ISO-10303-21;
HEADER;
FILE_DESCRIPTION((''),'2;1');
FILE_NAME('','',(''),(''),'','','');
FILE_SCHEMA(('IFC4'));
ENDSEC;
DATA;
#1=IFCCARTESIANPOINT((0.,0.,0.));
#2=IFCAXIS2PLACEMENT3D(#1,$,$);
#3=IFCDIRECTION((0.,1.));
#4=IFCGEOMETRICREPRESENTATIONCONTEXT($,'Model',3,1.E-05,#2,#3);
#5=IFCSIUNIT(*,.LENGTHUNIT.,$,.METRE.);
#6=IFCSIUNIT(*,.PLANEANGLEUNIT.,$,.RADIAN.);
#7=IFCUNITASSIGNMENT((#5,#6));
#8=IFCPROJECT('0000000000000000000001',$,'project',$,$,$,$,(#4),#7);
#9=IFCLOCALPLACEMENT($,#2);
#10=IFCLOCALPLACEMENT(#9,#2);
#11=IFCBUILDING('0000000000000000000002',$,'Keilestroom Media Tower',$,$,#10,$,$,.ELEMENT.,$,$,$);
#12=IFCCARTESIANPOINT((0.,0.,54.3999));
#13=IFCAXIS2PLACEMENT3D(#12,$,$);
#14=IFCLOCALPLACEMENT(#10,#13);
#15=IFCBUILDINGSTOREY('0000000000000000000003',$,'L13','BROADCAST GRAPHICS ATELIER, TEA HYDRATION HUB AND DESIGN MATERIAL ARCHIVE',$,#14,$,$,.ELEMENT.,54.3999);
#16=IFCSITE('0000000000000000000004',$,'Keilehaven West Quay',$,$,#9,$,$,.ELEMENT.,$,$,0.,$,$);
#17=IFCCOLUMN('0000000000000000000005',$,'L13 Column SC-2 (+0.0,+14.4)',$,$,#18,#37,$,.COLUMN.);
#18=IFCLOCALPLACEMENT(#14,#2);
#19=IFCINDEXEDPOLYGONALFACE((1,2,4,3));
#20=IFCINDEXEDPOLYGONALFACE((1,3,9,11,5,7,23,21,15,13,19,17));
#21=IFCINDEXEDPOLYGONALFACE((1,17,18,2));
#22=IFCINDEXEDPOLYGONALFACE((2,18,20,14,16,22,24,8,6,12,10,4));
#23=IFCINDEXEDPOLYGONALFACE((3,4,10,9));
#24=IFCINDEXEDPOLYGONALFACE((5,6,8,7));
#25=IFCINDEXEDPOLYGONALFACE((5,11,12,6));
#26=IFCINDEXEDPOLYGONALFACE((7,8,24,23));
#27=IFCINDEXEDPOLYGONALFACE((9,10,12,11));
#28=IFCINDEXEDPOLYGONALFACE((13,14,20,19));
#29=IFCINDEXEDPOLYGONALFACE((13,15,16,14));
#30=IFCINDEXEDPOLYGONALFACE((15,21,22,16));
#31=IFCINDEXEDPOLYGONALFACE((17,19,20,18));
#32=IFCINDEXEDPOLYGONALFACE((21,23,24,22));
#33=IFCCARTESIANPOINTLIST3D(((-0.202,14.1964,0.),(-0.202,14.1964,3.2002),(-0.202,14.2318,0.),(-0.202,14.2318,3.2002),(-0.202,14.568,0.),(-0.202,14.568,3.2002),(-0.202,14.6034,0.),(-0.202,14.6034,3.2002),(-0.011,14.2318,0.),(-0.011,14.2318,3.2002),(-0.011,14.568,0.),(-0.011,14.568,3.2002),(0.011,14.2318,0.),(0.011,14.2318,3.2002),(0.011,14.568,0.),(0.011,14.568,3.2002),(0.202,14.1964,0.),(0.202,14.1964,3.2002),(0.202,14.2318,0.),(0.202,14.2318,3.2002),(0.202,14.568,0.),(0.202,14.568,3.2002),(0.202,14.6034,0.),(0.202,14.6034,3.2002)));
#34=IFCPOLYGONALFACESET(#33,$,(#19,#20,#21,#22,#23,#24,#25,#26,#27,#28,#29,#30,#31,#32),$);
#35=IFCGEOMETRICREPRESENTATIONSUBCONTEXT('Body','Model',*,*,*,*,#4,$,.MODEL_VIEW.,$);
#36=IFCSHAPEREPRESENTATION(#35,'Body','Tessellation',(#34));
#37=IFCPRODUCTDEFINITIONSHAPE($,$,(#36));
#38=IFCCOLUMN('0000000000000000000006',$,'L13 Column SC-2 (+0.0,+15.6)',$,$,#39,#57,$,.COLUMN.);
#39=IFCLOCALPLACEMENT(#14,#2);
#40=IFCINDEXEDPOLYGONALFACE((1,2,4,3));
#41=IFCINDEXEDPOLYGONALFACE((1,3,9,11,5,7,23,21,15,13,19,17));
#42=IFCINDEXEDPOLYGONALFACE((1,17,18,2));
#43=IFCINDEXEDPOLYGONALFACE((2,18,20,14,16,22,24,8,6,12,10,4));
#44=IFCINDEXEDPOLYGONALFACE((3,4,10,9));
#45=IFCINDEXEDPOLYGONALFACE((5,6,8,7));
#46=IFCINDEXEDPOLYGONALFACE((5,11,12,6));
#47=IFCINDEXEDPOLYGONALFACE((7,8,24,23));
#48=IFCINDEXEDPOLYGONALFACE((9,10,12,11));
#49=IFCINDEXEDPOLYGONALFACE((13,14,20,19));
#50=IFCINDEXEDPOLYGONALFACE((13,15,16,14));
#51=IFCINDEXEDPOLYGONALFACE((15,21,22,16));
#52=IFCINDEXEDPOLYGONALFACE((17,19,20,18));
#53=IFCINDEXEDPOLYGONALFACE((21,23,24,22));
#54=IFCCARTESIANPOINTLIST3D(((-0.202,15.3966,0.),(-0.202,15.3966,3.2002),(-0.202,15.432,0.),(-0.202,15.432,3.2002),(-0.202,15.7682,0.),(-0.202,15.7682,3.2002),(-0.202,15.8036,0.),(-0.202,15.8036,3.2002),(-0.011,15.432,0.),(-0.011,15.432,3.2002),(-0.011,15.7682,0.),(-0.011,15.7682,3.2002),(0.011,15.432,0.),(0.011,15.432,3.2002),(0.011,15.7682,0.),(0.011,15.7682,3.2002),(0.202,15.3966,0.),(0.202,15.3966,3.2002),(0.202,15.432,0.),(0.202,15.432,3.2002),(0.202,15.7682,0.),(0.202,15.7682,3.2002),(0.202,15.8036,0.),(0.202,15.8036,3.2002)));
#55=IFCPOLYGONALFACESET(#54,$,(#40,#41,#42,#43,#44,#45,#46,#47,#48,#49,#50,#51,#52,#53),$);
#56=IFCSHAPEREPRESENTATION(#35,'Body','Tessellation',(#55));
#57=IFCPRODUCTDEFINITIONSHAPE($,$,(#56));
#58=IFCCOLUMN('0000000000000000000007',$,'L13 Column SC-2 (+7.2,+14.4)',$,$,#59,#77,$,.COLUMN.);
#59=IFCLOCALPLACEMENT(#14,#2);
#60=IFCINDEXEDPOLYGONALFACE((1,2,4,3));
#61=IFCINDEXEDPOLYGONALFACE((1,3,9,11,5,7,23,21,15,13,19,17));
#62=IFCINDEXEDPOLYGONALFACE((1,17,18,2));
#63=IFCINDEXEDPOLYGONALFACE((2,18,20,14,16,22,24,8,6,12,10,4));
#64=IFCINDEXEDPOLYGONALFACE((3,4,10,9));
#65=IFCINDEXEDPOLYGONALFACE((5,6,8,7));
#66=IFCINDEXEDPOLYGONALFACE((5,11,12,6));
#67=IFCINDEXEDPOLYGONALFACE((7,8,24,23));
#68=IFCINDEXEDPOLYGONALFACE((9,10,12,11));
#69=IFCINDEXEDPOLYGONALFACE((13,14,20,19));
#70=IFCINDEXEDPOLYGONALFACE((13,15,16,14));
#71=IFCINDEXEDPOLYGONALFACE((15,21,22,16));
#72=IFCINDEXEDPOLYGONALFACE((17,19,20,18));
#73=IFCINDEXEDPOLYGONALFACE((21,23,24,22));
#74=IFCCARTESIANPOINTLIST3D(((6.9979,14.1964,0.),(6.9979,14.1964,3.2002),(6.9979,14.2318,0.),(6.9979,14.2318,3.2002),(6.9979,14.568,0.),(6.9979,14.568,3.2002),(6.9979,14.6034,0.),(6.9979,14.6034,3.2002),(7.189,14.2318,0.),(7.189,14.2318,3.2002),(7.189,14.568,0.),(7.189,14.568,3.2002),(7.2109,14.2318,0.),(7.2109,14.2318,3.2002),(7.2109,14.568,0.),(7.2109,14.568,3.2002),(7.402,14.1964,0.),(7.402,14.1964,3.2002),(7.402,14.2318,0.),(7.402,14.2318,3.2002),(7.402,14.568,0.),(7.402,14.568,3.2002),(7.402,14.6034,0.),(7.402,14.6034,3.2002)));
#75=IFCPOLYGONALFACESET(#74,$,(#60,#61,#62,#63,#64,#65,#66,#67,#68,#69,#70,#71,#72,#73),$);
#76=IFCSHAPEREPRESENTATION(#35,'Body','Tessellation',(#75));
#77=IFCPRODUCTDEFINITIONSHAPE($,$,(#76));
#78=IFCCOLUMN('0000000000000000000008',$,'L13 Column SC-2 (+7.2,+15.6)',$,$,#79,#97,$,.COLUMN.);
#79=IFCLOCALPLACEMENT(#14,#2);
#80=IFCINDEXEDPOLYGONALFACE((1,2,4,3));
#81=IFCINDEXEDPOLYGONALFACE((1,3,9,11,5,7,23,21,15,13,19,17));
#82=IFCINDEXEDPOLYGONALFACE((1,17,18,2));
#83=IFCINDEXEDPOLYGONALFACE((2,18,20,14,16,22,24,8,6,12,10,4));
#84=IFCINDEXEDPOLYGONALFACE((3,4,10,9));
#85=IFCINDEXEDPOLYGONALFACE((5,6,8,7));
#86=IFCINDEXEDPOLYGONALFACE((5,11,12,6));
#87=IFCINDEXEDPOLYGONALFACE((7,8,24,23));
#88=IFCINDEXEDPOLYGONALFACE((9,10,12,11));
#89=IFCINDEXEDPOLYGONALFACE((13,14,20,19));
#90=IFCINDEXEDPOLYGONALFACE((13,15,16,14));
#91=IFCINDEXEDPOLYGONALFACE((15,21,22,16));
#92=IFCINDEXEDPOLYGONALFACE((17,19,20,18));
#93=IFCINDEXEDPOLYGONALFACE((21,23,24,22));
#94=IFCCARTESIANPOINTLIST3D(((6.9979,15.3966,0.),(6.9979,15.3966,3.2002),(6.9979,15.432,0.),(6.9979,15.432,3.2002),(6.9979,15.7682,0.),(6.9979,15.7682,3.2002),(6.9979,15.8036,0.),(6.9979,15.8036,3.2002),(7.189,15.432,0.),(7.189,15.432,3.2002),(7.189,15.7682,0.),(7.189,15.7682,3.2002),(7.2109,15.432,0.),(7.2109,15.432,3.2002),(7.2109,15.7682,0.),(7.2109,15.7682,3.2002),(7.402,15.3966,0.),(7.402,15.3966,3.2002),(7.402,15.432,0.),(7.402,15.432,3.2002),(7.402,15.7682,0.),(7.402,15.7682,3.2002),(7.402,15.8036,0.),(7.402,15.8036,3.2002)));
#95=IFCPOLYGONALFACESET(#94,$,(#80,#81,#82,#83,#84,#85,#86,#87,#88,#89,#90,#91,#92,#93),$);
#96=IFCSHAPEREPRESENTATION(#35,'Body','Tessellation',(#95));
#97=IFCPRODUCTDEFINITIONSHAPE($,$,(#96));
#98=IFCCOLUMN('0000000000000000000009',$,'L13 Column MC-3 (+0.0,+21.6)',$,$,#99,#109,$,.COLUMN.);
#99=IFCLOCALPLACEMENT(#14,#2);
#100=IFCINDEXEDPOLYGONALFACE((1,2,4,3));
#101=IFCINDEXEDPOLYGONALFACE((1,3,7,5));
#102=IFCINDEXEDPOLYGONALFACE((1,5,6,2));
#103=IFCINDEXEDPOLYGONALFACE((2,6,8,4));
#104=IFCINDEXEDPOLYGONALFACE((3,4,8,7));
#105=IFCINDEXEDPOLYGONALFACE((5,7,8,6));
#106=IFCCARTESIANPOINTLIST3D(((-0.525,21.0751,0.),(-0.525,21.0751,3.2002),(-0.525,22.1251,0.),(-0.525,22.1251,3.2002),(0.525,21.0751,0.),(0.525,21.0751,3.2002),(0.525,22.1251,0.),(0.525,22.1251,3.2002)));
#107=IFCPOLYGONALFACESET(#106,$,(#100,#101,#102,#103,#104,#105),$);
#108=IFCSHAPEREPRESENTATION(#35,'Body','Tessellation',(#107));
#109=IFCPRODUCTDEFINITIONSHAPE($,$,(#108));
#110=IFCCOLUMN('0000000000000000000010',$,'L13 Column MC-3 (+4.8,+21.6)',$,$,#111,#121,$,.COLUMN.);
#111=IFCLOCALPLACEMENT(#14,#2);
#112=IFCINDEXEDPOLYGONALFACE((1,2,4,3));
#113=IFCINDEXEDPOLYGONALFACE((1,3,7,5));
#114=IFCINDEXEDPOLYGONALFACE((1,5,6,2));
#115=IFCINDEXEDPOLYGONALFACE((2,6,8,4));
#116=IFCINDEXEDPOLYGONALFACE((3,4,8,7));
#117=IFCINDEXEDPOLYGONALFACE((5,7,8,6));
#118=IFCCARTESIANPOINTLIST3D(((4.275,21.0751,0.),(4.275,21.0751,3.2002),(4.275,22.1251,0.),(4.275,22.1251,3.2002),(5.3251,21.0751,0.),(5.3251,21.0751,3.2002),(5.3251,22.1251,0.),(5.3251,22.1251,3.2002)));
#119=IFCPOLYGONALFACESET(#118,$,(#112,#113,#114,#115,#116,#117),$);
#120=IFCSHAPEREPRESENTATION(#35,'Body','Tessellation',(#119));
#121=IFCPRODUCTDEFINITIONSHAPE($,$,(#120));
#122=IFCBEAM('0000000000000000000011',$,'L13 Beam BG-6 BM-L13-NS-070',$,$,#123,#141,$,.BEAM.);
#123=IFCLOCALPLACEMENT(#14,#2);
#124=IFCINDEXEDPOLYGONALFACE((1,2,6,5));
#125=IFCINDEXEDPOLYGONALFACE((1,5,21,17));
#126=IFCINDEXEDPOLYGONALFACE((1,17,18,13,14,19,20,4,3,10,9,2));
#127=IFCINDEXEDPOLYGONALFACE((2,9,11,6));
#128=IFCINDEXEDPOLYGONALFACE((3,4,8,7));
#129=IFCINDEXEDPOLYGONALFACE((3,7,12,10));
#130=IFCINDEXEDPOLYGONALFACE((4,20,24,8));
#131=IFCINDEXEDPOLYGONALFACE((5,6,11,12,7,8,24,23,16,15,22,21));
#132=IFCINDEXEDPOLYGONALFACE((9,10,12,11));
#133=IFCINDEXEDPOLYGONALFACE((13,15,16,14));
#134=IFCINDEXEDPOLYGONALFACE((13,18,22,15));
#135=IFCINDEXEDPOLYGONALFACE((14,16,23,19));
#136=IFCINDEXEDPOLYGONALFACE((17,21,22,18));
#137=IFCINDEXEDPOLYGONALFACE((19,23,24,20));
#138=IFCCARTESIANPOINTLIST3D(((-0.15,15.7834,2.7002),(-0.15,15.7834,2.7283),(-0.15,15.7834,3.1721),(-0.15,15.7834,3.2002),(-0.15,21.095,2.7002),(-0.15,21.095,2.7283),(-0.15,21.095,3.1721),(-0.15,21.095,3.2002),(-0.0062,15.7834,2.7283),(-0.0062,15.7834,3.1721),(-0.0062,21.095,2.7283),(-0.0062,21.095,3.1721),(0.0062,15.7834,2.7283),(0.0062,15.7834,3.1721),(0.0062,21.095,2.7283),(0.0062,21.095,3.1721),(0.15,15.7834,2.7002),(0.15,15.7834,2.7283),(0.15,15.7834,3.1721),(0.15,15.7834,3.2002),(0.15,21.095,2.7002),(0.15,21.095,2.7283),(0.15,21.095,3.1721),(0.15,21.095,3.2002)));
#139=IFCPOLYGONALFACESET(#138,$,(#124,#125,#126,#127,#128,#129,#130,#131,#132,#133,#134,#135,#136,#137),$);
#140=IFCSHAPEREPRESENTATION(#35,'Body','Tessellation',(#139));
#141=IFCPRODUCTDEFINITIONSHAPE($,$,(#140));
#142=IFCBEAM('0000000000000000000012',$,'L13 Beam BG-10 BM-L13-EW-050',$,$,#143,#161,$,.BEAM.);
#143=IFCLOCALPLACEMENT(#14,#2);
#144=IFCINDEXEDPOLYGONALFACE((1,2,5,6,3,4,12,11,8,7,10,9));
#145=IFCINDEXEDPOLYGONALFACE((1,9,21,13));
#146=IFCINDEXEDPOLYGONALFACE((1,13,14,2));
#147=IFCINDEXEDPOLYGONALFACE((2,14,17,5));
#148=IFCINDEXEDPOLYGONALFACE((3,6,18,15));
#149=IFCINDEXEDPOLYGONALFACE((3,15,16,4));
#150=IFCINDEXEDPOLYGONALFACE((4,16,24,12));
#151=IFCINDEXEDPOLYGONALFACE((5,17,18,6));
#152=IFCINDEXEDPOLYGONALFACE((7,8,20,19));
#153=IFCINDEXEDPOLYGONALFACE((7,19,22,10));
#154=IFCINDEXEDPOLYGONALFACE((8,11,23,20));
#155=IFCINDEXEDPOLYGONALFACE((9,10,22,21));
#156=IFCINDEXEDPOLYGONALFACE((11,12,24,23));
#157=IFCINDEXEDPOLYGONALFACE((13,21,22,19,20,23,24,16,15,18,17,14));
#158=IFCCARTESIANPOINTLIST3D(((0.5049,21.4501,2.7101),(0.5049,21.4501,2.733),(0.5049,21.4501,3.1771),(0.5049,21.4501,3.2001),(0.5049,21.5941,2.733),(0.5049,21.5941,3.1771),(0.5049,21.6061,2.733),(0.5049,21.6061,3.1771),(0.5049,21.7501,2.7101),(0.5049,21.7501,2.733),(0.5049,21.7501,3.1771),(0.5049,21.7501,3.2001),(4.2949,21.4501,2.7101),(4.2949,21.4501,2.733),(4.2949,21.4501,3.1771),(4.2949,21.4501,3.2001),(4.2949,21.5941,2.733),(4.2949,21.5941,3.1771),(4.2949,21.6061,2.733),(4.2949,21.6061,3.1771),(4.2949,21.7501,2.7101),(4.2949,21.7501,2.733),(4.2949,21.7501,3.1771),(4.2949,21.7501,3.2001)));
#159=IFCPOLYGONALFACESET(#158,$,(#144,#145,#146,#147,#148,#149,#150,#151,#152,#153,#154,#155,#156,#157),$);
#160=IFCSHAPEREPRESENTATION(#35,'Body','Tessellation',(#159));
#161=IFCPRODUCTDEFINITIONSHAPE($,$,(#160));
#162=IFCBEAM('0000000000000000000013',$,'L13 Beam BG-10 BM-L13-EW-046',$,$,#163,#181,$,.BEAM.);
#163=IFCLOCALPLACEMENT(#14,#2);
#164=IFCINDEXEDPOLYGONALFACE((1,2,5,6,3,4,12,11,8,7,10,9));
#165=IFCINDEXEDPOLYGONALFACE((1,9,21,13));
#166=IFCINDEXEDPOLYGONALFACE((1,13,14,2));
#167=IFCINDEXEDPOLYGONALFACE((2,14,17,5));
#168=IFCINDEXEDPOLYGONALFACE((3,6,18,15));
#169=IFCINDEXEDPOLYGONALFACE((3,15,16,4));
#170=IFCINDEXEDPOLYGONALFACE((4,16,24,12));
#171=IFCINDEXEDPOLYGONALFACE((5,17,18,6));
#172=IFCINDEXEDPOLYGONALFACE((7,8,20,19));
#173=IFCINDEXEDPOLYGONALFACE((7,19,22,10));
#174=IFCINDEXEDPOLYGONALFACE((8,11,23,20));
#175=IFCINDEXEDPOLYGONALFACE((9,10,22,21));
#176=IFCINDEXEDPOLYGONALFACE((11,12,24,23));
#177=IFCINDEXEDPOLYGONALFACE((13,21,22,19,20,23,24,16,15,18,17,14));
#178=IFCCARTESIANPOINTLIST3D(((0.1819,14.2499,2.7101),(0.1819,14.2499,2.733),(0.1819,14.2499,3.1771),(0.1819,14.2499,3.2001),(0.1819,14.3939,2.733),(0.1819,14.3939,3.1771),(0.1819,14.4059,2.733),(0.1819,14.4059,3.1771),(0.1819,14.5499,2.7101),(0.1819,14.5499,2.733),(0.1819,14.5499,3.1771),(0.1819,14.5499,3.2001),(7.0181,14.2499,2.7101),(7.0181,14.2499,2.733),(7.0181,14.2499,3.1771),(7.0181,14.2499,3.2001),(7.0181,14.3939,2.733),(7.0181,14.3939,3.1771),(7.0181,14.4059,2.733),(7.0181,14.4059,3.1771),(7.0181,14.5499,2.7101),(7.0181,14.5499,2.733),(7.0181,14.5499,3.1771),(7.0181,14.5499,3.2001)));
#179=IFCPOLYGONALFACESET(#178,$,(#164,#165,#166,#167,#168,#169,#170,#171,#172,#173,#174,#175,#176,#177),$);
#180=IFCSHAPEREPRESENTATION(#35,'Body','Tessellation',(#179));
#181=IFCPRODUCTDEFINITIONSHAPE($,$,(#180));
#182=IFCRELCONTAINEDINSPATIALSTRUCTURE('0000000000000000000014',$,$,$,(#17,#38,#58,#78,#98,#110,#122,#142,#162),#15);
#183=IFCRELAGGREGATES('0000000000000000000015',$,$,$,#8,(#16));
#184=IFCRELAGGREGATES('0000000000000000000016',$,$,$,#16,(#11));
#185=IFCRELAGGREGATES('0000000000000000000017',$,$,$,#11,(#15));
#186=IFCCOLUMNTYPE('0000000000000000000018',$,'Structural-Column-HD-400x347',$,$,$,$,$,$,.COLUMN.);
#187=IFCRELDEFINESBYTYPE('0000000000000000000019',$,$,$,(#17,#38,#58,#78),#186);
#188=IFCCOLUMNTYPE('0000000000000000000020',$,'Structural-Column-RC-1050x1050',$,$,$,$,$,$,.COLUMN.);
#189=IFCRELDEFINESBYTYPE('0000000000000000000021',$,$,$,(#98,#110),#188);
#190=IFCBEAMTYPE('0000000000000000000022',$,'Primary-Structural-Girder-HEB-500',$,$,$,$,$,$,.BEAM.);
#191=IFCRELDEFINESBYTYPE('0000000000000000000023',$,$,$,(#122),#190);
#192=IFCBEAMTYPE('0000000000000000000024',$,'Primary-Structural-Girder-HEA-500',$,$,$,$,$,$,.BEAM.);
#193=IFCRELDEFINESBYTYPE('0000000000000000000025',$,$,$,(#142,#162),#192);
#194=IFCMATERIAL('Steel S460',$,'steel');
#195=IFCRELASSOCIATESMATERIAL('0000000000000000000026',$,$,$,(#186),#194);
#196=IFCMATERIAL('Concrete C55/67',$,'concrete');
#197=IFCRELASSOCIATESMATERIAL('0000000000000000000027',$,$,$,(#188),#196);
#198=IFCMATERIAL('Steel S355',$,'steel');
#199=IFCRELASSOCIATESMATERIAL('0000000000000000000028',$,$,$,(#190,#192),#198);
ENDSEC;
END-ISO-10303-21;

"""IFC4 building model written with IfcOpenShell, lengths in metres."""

from ifc_helpers import new_model, si_unit, direction, frame, origin, origin_2d, place, context, subcontext, project, spatial, rectangle, i_section, extrude, source, transform, mapped, material, material_profile, profile_set, type_object, element, save


model = new_model("IFC4")

# Units and contexts
model_context = context("Model", 3, precision=1e-05, world=origin(), true_north=direction((0.0, 1.0)))
body_context = subcontext(model_context, "Body", "Model", "MODEL_VIEW")
ifc_project = project(units=[si_unit("LENGTHUNIT", "METRE"), si_unit("PLANEANGLEUNIT", "RADIAN")], contexts=[model_context])

# Site, building, storey
site_placement = place(None, origin())
site = spatial("IfcSite", under=ifc_project, at=site_placement, Name="Keilehaven West Quay", CompositionType="ELEMENT", RefElevation=0.0)
building_placement = place(site_placement, origin())
building = spatial("IfcBuilding", under=site, at=building_placement, Name="Keilestroom Media Tower", CompositionType="ELEMENT")
storey_placement = place(building_placement, frame((0.0, 0.0, 54.3999)))
storey = spatial("IfcBuildingStorey", under=building, at=storey_placement, Name="L13", Description="BROADCAST GRAPHICS ATELIER, TEA HYDRATION HUB AND DESIGN MATERIAL ARCHIVE", CompositionType="ELEMENT", Elevation=54.3999)

# Columns
ifc_material_1 = material(Name="Steel S460", Category="steel")
ifc_material_profile_1 = material_profile(ifc_material_1, i_section(OverallWidth=0.4041, OverallDepth=0.407, WebThickness=0.022, FlangeThickness=0.0354, at=origin_2d()), Name="HD 400x347")
ifc_profile_set_1 = profile_set([ifc_material_profile_1], Name="Steel S460")
column_type_1 = type_object("IfcColumnType", Name="Structural-Column-HD-400x347", PredefinedType="COLUMN", material=ifc_profile_set_1)
shared_shape_1 = source(origin(), body_context, "Body", "SweptSolid", [
    extrude(i_section(OverallWidth=0.4041, OverallDepth=0.407, WebThickness=0.022, FlangeThickness=0.0354, at=origin_2d()), origin(), (0.0, 0.0, 1.0), 3.2002),
])
for number, where, z_axis, x_axis, name in (
    (1, (0.0, 14.3999, 0.0), (0.0, 0.0, 1.0), (1.0, 0.0, 0.0), "L13 Column SC-2 (+0.0,+14.4)"),
    (2, (0.0, 15.6001, 0.0), (0.0, 0.0, 1.0), (1.0, 0.0, 0.0), "L13 Column SC-2 (+0.0,+15.6)"),
    (3, (7.2, 14.3999, 0.0), (0.0, 0.0, 1.0), (1.0, 0.0, 0.0), "L13 Column SC-2 (+7.2,+14.4)"),
    (4, (7.2, 15.6001, 0.0), (0.0, 0.0, 1.0), (1.0, 0.0, 0.0), "L13 Column SC-2 (+7.2,+15.6)"),
):
    element("IfcColumn", number, at=place(storey_placement, frame(where, z_axis=z_axis, x_axis=x_axis)), inside=storey, type_object=column_type_1, Name=name, PredefinedType="COLUMN", context=body_context, shape_type="MappedRepresentation", body=[
        mapped(shared_shape_1, transform((0.0, 0.0, 0.0), x_axis=(1.0, 0.0, 0.0), y_axis=(0.0, 1.0, 0.0), z_axis=(0.0, 0.0, 1.0), scale=1.0)),
    ])
ifc_material_2 = material(Name="Concrete C55/67", Category="concrete")
ifc_material_profile_2 = material_profile(ifc_material_2, rectangle(XDim=1.05, YDim=1.05, at=origin_2d()), Name="RC 1050x1050")
ifc_profile_set_2 = profile_set([ifc_material_profile_2], Name="Concrete C55/67")
column_type_2 = type_object("IfcColumnType", Name="Structural-Column-RC-1050x1050", PredefinedType="COLUMN", material=ifc_profile_set_2)
shared_shape_2 = source(origin(), body_context, "Body", "SweptSolid", [
    extrude(rectangle(XDim=1.05, YDim=1.05, at=origin_2d()), origin(), (0.0, 0.0, 1.0), 3.2002),
])
for number, where, z_axis, x_axis, name in (
    (5, (0.0, 21.6001, 0.0), (0.0, 0.0, 1.0), (1.0, 0.0, 0.0), "L13 Column MC-3 (+0.0,+21.6)"),
    (6, (4.8, 21.6001, 0.0), (0.0, 0.0, 1.0), (1.0, 0.0, 0.0), "L13 Column MC-3 (+4.8,+21.6)"),
):
    element("IfcColumn", number, at=place(storey_placement, frame(where, z_axis=z_axis, x_axis=x_axis)), inside=storey, type_object=column_type_2, Name=name, PredefinedType="COLUMN", context=body_context, shape_type="MappedRepresentation", body=[
        mapped(shared_shape_2, transform((0.0, 0.0, 0.0), x_axis=(1.0, 0.0, 0.0), y_axis=(0.0, 1.0, 0.0), z_axis=(0.0, 0.0, 1.0), scale=1.0)),
    ])

# Beams
ifc_material_3 = material(Name="Steel S355", Category="steel")
ifc_material_profile_3 = material_profile(ifc_material_3, i_section(OverallWidth=0.3, OverallDepth=0.5, WebThickness=0.0125, FlangeThickness=0.0281, at=origin_2d()), Name="HEB 500")
ifc_profile_set_3 = profile_set([ifc_material_profile_3], Name="Steel S355")
beam_type_1 = type_object("IfcBeamType", Name="Primary-Structural-Girder-HEB-500", PredefinedType="BEAM", material=ifc_profile_set_3)
shared_shape_3 = source(origin(), body_context, "Body", "SweptSolid", [
    extrude(i_section(OverallWidth=0.3, OverallDepth=0.5, WebThickness=0.0125, FlangeThickness=0.0281, at=origin_2d()), origin(), (0.0, 0.0, 1.0), 5.3115),
])
beam_1_placement = place(storey_placement, frame((0.0, 15.7834, 2.9502), z_axis=(0.0, 1.0, 0.0), x_axis=(-1.0, 0.0, 0.0)))
element("IfcBeam", 7, at=beam_1_placement, inside=storey, type_object=beam_type_1, Name="L13 Beam BG-6 BM-L13-NS-070", PredefinedType="BEAM", context=body_context, shape_type="MappedRepresentation", body=[
    mapped(shared_shape_3, transform((0.0, 0.0, 0.0), x_axis=(1.0, 0.0, 0.0), y_axis=(0.0, 1.0, 0.0), z_axis=(0.0, 0.0, 1.0), scale=1.0)),
])
ifc_material_profile_4 = material_profile(ifc_material_3, i_section(OverallWidth=0.3, OverallDepth=0.49, WebThickness=0.012, FlangeThickness=0.0229, at=origin_2d()), Name="HEA 500")
ifc_profile_set_4 = profile_set([ifc_material_profile_4], Name="Steel S355")
beam_type_2 = type_object("IfcBeamType", Name="Primary-Structural-Girder-HEA-500", PredefinedType="BEAM", material=ifc_profile_set_4)
shared_shape_4 = source(origin(), body_context, "Body", "SweptSolid", [
    extrude(i_section(OverallWidth=0.3, OverallDepth=0.49, WebThickness=0.012, FlangeThickness=0.0229, at=origin_2d()), origin(), (0.0, 0.0, 1.0), 3.79),
])
beam_2_placement = place(storey_placement, frame((0.5049, 21.6001, 2.9551), z_axis=(1.0, 0.0, 0.0), x_axis=(0.0, 1.0, 0.0)))
element("IfcBeam", 8, at=beam_2_placement, inside=storey, type_object=beam_type_2, Name="L13 Beam BG-10 BM-L13-EW-050", PredefinedType="BEAM", context=body_context, shape_type="MappedRepresentation", body=[
    mapped(shared_shape_4, transform((0.0, 0.0, 0.0), x_axis=(1.0, 0.0, 0.0), y_axis=(0.0, 1.0, 0.0), z_axis=(0.0, 0.0, 1.0), scale=1.0)),
])
shared_shape_5 = source(origin(), body_context, "Body", "SweptSolid", [
    extrude(i_section(OverallWidth=0.3, OverallDepth=0.49, WebThickness=0.012, FlangeThickness=0.0229, at=origin_2d()), origin(), (0.0, 0.0, 1.0), 6.8362),
])
for number, where, z_axis, x_axis, name in (
    (9, (0.1819, 14.3999, 2.9551), (1.0, 0.0, 0.0), (0.0, 1.0, 0.0), "L13 Beam BG-10 BM-L13-EW-046"),
):
    element("IfcBeam", number, at=place(storey_placement, frame(where, z_axis=z_axis, x_axis=x_axis)), inside=storey, type_object=beam_type_2, Name=name, PredefinedType="BEAM", context=body_context, shape_type="MappedRepresentation", body=[
        mapped(shared_shape_5, transform((0.0, 0.0, 0.0), x_axis=(1.0, 0.0, 0.0), y_axis=(0.0, 1.0, 0.0), z_axis=(0.0, 0.0, 1.0), scale=1.0)),
    ])

save(model, "model.ifc")
